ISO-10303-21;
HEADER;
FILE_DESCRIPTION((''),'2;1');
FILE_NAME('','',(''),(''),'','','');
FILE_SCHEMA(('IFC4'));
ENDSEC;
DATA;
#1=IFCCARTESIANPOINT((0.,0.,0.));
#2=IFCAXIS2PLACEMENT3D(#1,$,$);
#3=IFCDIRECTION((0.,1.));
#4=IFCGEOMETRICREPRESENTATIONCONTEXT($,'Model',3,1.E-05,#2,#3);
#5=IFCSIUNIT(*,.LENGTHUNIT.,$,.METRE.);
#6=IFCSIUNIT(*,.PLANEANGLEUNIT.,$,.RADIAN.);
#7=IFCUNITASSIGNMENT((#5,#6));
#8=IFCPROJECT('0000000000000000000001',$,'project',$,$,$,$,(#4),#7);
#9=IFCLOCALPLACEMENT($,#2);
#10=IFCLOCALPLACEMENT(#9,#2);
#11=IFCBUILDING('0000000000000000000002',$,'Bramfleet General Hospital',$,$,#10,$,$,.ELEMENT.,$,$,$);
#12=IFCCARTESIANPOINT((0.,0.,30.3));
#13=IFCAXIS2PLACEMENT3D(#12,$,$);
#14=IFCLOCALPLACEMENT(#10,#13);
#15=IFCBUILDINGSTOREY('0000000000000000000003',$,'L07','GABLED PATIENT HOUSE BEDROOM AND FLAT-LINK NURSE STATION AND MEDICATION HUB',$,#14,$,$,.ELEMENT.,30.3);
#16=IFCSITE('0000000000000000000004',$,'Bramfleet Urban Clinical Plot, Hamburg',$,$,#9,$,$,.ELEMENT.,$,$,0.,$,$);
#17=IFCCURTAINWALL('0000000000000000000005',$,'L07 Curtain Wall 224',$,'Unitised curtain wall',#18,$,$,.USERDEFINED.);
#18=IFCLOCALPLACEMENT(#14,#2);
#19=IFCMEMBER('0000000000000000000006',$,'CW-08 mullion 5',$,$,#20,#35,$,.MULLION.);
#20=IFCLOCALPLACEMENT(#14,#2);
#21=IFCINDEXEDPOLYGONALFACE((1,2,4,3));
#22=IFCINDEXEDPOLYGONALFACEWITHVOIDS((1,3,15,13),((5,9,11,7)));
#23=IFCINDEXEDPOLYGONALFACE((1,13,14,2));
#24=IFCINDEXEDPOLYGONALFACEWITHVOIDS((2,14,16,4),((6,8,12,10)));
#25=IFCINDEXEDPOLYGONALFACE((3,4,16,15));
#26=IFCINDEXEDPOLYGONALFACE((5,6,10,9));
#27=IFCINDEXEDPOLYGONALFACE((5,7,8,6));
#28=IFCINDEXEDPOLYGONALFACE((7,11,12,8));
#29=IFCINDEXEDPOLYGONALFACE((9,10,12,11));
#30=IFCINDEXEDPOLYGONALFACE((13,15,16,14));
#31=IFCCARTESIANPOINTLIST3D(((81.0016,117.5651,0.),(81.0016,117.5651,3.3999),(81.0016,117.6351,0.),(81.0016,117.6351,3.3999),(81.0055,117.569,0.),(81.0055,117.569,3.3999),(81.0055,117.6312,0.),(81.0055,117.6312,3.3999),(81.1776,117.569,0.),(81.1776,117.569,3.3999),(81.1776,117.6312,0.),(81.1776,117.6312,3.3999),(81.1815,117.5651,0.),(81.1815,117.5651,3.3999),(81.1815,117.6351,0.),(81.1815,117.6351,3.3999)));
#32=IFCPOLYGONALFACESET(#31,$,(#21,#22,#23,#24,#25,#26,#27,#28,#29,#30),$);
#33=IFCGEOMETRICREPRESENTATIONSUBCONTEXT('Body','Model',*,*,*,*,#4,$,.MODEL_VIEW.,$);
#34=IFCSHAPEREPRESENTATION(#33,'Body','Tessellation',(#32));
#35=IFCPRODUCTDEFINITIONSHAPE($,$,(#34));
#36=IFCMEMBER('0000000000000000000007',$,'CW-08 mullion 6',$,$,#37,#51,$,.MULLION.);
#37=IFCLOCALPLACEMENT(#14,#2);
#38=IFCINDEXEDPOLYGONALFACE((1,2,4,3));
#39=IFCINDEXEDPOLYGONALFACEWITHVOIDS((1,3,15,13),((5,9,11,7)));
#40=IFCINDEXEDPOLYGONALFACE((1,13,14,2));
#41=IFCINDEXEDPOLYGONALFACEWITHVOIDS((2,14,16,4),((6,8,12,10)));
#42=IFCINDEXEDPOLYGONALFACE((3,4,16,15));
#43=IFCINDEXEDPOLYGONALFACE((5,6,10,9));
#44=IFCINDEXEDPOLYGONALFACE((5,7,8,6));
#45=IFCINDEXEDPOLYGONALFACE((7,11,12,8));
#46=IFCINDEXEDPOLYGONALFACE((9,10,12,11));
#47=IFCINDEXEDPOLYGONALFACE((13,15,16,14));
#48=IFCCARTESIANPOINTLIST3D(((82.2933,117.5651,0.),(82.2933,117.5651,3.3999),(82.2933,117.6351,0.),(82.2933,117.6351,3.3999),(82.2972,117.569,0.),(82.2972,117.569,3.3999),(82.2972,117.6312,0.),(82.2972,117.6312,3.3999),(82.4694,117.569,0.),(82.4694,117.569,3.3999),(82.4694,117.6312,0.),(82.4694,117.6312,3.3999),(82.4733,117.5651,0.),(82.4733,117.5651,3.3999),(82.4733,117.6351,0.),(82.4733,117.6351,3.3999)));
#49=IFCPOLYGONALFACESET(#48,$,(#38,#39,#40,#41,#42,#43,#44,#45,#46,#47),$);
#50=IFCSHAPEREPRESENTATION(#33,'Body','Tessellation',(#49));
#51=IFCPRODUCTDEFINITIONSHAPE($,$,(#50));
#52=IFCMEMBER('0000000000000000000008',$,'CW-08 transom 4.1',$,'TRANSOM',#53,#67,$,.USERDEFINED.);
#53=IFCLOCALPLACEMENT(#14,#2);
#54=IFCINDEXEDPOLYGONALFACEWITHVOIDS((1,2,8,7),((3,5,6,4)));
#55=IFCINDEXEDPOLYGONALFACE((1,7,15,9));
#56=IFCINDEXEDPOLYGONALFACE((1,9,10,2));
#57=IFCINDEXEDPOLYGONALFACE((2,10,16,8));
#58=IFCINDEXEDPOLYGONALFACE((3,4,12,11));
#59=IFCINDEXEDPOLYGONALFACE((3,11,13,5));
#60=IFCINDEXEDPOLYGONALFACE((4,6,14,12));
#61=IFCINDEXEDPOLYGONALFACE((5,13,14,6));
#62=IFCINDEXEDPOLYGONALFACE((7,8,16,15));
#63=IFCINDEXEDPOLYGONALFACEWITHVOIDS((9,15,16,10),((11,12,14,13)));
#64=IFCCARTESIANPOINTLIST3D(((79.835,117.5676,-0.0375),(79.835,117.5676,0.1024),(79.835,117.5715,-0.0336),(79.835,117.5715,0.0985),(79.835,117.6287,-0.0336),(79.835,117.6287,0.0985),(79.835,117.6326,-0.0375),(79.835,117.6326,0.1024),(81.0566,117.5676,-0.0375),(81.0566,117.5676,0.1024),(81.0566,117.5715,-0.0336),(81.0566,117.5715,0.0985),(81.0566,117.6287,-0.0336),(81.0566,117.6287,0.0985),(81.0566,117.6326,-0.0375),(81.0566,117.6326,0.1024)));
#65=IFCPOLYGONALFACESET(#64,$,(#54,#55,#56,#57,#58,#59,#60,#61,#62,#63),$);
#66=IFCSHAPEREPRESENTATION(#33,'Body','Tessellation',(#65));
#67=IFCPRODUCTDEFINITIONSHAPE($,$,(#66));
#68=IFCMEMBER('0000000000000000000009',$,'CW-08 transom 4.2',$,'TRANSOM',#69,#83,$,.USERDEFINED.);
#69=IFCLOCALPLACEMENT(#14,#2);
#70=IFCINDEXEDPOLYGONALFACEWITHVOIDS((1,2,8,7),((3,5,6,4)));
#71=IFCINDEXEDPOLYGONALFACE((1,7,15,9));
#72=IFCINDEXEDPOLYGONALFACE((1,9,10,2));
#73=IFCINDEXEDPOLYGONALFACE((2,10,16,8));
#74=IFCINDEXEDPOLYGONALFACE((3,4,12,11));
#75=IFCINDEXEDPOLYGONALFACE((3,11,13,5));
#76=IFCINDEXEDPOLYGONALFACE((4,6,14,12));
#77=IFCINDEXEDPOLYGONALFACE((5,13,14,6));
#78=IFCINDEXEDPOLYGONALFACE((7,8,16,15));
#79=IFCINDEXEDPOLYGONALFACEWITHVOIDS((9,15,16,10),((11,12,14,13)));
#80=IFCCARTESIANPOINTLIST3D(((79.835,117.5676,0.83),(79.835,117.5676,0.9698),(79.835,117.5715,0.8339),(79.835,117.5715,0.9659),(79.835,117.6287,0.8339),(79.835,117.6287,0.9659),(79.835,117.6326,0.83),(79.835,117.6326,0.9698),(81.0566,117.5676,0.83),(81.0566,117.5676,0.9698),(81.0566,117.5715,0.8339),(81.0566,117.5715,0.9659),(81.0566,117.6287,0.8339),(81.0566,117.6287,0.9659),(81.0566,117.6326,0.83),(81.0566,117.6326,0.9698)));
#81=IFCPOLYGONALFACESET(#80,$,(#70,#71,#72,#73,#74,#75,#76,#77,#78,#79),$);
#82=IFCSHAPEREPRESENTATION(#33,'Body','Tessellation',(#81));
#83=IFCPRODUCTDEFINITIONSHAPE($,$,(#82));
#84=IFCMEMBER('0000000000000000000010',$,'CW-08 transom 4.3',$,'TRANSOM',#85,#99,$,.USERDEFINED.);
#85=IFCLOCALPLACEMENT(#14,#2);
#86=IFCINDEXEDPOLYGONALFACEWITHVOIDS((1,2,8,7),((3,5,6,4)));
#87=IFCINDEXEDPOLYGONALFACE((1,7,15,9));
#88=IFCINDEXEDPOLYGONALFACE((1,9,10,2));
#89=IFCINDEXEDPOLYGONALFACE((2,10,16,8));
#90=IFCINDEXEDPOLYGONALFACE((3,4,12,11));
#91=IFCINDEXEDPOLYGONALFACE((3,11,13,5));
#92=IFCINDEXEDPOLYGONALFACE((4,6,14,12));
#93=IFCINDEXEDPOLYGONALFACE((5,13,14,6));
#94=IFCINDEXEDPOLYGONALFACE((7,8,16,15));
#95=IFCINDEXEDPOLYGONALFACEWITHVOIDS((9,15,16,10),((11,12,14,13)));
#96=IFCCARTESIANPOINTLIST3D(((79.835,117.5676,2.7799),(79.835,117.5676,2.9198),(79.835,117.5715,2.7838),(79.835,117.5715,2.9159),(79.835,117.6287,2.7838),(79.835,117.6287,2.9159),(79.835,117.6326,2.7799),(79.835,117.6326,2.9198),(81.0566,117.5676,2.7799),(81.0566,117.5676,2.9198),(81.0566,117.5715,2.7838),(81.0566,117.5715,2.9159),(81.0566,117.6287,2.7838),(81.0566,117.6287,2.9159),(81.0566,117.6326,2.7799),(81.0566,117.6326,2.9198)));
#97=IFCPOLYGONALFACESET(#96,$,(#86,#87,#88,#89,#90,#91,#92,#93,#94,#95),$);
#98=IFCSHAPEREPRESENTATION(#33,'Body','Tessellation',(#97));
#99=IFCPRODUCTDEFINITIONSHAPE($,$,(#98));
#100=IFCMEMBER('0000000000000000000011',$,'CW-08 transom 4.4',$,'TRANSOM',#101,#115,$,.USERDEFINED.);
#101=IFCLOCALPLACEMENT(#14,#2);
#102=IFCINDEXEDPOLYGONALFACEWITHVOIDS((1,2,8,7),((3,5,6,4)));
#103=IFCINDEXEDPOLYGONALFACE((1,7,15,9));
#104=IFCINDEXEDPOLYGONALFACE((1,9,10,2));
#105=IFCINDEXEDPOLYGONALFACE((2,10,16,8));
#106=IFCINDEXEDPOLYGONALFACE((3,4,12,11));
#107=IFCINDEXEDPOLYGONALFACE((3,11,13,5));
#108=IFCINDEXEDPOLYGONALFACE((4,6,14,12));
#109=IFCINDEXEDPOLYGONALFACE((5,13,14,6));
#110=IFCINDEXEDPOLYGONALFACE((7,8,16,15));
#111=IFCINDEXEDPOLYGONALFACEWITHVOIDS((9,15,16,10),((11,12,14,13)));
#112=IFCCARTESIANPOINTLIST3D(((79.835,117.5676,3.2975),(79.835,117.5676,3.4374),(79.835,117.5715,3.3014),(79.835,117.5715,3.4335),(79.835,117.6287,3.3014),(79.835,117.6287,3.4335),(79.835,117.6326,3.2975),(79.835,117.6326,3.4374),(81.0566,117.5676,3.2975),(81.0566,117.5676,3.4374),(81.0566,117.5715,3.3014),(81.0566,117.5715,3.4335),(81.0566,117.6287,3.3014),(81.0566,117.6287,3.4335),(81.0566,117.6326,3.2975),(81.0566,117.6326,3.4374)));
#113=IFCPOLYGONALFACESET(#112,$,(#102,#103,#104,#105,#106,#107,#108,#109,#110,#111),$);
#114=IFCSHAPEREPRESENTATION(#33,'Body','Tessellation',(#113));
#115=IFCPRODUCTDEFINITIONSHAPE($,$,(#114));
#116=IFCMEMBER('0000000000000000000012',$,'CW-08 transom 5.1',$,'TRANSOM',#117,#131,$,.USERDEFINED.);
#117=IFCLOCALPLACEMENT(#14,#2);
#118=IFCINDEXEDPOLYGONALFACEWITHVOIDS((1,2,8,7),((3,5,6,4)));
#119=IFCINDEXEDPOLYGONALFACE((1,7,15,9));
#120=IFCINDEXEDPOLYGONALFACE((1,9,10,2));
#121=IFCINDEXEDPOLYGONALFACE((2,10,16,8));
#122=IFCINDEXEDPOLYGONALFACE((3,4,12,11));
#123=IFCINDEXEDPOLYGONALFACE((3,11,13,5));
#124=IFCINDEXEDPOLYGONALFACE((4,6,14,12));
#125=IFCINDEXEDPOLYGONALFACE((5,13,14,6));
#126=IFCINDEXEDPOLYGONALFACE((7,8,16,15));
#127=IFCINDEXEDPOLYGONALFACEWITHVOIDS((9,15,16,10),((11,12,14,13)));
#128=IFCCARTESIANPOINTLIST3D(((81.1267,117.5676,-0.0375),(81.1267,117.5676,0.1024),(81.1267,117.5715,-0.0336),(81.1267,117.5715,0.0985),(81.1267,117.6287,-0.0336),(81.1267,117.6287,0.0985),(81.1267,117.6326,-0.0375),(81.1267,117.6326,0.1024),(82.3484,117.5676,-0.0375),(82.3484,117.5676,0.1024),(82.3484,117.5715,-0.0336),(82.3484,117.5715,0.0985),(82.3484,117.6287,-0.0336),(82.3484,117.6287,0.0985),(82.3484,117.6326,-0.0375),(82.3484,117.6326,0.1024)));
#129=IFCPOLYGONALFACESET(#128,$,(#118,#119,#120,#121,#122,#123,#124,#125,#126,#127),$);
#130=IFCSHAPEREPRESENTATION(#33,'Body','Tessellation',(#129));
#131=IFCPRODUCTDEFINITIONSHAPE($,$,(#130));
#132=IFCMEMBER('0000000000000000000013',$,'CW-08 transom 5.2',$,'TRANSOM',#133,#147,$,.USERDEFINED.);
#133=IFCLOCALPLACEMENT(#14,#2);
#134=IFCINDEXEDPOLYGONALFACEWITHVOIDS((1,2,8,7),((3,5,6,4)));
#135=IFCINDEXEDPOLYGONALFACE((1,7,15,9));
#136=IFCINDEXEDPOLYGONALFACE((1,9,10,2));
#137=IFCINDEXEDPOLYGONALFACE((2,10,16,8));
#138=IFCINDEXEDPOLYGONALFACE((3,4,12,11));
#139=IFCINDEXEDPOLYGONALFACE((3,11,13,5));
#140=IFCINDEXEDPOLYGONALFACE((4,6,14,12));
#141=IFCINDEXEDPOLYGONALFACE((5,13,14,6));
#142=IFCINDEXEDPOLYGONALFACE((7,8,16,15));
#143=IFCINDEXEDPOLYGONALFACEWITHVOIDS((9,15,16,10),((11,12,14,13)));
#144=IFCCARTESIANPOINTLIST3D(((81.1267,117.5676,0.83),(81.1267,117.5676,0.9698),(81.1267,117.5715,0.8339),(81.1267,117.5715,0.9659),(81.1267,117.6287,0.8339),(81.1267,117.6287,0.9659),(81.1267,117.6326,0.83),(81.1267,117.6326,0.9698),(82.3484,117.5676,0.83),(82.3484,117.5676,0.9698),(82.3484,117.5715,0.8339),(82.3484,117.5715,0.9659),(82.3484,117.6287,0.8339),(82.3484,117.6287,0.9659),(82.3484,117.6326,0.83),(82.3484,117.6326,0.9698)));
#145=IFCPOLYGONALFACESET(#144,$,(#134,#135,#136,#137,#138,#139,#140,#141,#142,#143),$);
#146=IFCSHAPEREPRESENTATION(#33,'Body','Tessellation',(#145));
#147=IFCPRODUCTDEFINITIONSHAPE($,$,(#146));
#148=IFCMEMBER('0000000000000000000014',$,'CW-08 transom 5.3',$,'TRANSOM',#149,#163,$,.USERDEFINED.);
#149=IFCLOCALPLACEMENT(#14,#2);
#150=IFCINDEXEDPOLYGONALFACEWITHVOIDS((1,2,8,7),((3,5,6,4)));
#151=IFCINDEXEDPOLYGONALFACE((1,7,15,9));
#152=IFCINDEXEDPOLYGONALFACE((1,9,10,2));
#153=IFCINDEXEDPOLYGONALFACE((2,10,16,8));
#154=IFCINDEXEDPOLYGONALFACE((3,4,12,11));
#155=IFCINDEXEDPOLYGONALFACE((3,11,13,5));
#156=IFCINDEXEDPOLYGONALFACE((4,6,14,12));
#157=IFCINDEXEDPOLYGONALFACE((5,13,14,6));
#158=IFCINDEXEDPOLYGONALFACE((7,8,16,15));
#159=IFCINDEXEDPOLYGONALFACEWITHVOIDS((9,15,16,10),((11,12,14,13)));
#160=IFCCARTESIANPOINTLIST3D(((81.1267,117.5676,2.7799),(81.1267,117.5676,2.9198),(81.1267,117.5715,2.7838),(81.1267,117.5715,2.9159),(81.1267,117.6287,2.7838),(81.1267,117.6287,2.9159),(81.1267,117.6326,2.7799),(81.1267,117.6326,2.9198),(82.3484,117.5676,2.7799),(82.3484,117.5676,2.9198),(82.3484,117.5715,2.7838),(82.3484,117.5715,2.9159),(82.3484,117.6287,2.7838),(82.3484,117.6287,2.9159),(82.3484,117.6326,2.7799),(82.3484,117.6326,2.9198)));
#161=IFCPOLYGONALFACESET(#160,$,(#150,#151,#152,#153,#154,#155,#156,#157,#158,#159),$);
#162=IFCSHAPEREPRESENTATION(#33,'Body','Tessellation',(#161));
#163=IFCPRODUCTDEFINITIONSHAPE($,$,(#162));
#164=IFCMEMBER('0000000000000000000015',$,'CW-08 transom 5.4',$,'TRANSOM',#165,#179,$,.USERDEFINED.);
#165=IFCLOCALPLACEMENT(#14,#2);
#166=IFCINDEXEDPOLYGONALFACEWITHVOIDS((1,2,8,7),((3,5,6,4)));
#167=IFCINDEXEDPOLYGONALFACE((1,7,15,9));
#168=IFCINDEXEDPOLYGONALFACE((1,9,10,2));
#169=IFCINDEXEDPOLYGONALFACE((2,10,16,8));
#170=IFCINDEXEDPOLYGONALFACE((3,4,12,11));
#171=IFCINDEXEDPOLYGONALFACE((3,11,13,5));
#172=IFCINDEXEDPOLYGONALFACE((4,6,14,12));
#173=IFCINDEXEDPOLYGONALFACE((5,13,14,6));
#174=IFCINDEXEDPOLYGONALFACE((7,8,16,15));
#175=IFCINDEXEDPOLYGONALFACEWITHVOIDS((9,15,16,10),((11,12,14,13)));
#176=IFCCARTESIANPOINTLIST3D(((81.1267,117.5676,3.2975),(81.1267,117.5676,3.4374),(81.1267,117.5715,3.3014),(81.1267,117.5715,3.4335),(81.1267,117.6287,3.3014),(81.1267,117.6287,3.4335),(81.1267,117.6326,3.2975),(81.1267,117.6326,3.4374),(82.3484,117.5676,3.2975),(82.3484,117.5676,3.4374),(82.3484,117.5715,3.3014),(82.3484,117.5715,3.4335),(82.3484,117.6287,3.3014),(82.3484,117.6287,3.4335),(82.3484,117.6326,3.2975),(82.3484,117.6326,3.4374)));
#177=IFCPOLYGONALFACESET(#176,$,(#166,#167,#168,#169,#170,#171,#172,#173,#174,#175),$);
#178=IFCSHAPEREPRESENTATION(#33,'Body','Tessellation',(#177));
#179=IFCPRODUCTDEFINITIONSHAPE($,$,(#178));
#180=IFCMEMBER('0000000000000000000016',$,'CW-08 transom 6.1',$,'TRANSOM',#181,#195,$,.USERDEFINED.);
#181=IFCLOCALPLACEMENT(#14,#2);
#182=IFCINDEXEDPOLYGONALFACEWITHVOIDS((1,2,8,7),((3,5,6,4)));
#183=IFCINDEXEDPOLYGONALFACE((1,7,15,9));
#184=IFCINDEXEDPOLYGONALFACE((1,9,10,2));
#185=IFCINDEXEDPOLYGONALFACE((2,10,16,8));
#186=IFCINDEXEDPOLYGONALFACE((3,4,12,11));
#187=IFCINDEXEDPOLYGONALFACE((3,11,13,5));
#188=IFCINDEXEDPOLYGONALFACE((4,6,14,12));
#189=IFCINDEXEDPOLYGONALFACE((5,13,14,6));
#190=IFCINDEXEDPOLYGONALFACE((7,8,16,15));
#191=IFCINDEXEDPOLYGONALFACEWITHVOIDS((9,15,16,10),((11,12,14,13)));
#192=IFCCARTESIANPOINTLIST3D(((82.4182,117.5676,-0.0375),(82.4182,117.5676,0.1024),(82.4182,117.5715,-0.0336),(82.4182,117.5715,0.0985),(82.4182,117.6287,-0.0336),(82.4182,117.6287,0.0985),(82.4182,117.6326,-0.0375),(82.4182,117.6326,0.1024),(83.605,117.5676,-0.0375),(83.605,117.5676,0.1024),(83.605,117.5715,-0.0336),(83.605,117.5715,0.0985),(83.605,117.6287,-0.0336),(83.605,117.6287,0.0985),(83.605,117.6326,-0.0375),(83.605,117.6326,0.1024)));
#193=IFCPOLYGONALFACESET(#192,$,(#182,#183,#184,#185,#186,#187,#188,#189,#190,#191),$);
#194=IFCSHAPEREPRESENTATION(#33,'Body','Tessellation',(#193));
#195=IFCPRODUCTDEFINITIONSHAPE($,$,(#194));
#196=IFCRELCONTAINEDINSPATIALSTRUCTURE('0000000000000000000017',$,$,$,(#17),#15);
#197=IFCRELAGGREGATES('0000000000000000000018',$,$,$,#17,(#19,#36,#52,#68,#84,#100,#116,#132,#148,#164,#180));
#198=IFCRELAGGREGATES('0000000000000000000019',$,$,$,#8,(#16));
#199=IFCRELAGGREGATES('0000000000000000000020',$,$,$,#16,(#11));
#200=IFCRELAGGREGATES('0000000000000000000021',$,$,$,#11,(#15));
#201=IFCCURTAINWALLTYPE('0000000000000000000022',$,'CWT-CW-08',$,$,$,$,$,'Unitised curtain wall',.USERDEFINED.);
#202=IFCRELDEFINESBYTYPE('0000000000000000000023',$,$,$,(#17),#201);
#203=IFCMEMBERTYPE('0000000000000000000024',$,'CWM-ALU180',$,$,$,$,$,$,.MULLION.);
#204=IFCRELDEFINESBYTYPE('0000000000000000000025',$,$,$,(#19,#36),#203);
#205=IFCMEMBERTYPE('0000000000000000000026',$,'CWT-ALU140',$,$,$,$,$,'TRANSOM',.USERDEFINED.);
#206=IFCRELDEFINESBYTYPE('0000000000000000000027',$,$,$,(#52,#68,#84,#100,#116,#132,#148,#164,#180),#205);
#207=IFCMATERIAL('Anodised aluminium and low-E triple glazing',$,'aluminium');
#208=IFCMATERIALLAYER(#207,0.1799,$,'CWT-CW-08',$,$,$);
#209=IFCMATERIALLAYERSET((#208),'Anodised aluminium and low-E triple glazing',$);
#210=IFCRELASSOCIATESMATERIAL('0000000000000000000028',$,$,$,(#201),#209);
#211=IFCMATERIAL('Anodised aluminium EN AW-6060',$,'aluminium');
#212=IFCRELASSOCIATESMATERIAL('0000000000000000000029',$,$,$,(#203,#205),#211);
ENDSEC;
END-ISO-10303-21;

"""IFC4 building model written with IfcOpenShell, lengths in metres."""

from ifc_helpers import new_model, si_unit, direction, frame, origin, origin_2d, place, context, subcontext, project, spatial, hollow_rectangle, extrude, material, layer, layer_set, material_profile, profile_set, type_object, element, aggregate, save


model = new_model("IFC4")

# Units and contexts
model_context = context("Model", 3, precision=1e-05, world=origin(), true_north=direction((0.0, 1.0)))
body_context = subcontext(model_context, "Body", "Model", "MODEL_VIEW")
ifc_project = project(units=[si_unit("LENGTHUNIT", "METRE"), si_unit("PLANEANGLEUNIT", "RADIAN")], contexts=[model_context])

# Site, building, storey
site_placement = place(None, origin())
site = spatial("IfcSite", under=ifc_project, at=site_placement, Name="Bramfleet Urban Clinical Plot, Hamburg", CompositionType="ELEMENT", RefElevation=0.0)
building_placement = place(site_placement, origin())
building = spatial("IfcBuilding", under=site, at=building_placement, Name="Bramfleet General Hospital", CompositionType="ELEMENT")
storey_placement = place(building_placement, frame((0.0, 0.0, 30.3)))
storey = spatial("IfcBuildingStorey", under=building, at=storey_placement, Name="L07", Description="GABLED PATIENT HOUSE BEDROOM AND FLAT-LINK NURSE STATION AND MEDICATION HUB", CompositionType="ELEMENT", Elevation=30.3)

# Curtain wall, members
ifc_material_1 = material(Name="Anodised aluminium and low-E triple glazing", Category="aluminium")
ifc_layer_1 = layer(ifc_material_1, 0.1799, Name="CWT-CW-08")
ifc_layer_set_1 = layer_set([ifc_layer_1], Name="Anodised aluminium and low-E triple glazing")
curtain_wall_type = type_object("IfcCurtainWallType", Name="CWT-CW-08", ElementType="Unitised curtain wall", PredefinedType="USERDEFINED", material=ifc_layer_set_1)
curtain_wall_placement = place(storey_placement, origin())
curtain_wall = element("IfcCurtainWall", 1, at=curtain_wall_placement, inside=storey, type_object=curtain_wall_type, Name="L07 Curtain Wall 224", ObjectType="Unitised curtain wall", PredefinedType="USERDEFINED")
ifc_material_2 = material(Name="Anodised aluminium EN AW-6060", Category="aluminium")
ifc_material_profile_1 = material_profile(ifc_material_2, hollow_rectangle(XDim=0.0701, YDim=0.1799, WallThickness=0.0039, at=origin_2d()), Name="ALU 180x70x4.0")
ifc_profile_set_1 = profile_set([ifc_material_profile_1], Name="Anodised aluminium EN AW-6060")
member_type_1 = type_object("IfcMemberType", Name="CWM-ALU180", PredefinedType="MULLION", material=ifc_profile_set_1)
member_1_placement = place(storey_placement, frame((81.0916, 117.6001, 0.0), z_axis=(0.0, 0.0, 1.0), x_axis=(0.0, 1.0, 0.0)))
member_1 = element("IfcMember", 2, at=member_1_placement, type_object=member_type_1, Name="CW-08 mullion 5", PredefinedType="MULLION", context=body_context, shape_type="SweptSolid", body=[
    extrude(hollow_rectangle(XDim=0.0701, YDim=0.1799, WallThickness=0.0039, at=origin_2d()), origin(), (0.0, 0.0, 1.0), 3.3999),
])
member_2_placement = place(storey_placement, frame((82.3833, 117.6001, 0.0), z_axis=(0.0, 0.0, 1.0), x_axis=(0.0, 1.0, 0.0)))
member_2 = element("IfcMember", 3, at=member_2_placement, type_object=member_type_1, Name="CW-08 mullion 6", PredefinedType="MULLION", context=body_context, shape_type="SweptSolid", body=[
    extrude(hollow_rectangle(XDim=0.0701, YDim=0.1799, WallThickness=0.0039, at=origin_2d()), origin(), (0.0, 0.0, 1.0), 3.3999),
])
ifc_material_profile_2 = material_profile(ifc_material_2, hollow_rectangle(XDim=0.0649, YDim=0.1399, WallThickness=0.0039, at=origin_2d()), Name="ALU 140x65x4.0")
ifc_profile_set_2 = profile_set([ifc_material_profile_2], Name="Anodised aluminium EN AW-6060")
member_type_2 = type_object("IfcMemberType", Name="CWT-ALU140", ElementType="TRANSOM", PredefinedType="USERDEFINED", material=ifc_profile_set_2)
member_3_placement = place(storey_placement, frame((79.835, 117.6001, 0.0325), z_axis=(1.0, 0.0, 0.0), x_axis=(0.0, 1.0, 0.0)))
member_3 = element("IfcMember", 4, at=member_3_placement, type_object=member_type_2, Name="CW-08 transom 4.1", ObjectType="TRANSOM", PredefinedType="USERDEFINED", context=body_context, shape_type="SweptSolid", body=[
    extrude(hollow_rectangle(XDim=0.0649, YDim=0.1399, WallThickness=0.0039, at=origin_2d()), origin(), (0.0, 0.0, 1.0), 1.2217),
])
member_4_placement = place(storey_placement, frame((79.835, 117.6001, 0.8999), z_axis=(1.0, 0.0, 0.0), x_axis=(0.0, 1.0, 0.0)))
member_4 = element("IfcMember", 5, at=member_4_placement, type_object=member_type_2, Name="CW-08 transom 4.2", ObjectType="TRANSOM", PredefinedType="USERDEFINED", context=body_context, shape_type="SweptSolid", body=[
    extrude(hollow_rectangle(XDim=0.0649, YDim=0.1399, WallThickness=0.0039, at=origin_2d()), origin(), (0.0, 0.0, 1.0), 1.2217),
])
member_5_placement = place(storey_placement, frame((79.835, 117.6001, 2.8499), z_axis=(1.0, 0.0, 0.0), x_axis=(0.0, 1.0, 0.0)))
member_5 = element("IfcMember", 6, at=member_5_placement, type_object=member_type_2, Name="CW-08 transom 4.3", ObjectType="TRANSOM", PredefinedType="USERDEFINED", context=body_context, shape_type="SweptSolid", body=[
    extrude(hollow_rectangle(XDim=0.0649, YDim=0.1399, WallThickness=0.0039, at=origin_2d()), origin(), (0.0, 0.0, 1.0), 1.2217),
])
member_6_placement = place(storey_placement, frame((79.835, 117.6001, 3.3674), z_axis=(1.0, 0.0, 0.0), x_axis=(0.0, 1.0, 0.0)))
member_6 = element("IfcMember", 7, at=member_6_placement, type_object=member_type_2, Name="CW-08 transom 4.4", ObjectType="TRANSOM", PredefinedType="USERDEFINED", context=body_context, shape_type="SweptSolid", body=[
    extrude(hollow_rectangle(XDim=0.0649, YDim=0.1399, WallThickness=0.0039, at=origin_2d()), origin(), (0.0, 0.0, 1.0), 1.2217),
])
member_7_placement = place(storey_placement, frame((81.1267, 117.6001, 0.0325), z_axis=(1.0, 0.0, 0.0), x_axis=(0.0, 1.0, 0.0)))
member_7 = element("IfcMember", 8, at=member_7_placement, type_object=member_type_2, Name="CW-08 transom 5.1", ObjectType="TRANSOM", PredefinedType="USERDEFINED", context=body_context, shape_type="SweptSolid", body=[
    extrude(hollow_rectangle(XDim=0.0649, YDim=0.1399, WallThickness=0.0039, at=origin_2d()), origin(), (0.0, 0.0, 1.0), 1.2217),
])
member_8_placement = place(storey_placement, frame((81.1267, 117.6001, 0.8999), z_axis=(1.0, 0.0, 0.0), x_axis=(0.0, 1.0, 0.0)))
member_8 = element("IfcMember", 9, at=member_8_placement, type_object=member_type_2, Name="CW-08 transom 5.2", ObjectType="TRANSOM", PredefinedType="USERDEFINED", context=body_context, shape_type="SweptSolid", body=[
    extrude(hollow_rectangle(XDim=0.0649, YDim=0.1399, WallThickness=0.0039, at=origin_2d()), origin(), (0.0, 0.0, 1.0), 1.2217),
])
member_9_placement = place(storey_placement, frame((81.1267, 117.6001, 2.8499), z_axis=(1.0, 0.0, 0.0), x_axis=(0.0, 1.0, 0.0)))
member_9 = element("IfcMember", 10, at=member_9_placement, type_object=member_type_2, Name="CW-08 transom 5.3", ObjectType="TRANSOM", PredefinedType="USERDEFINED", context=body_context, shape_type="SweptSolid", body=[
    extrude(hollow_rectangle(XDim=0.0649, YDim=0.1399, WallThickness=0.0039, at=origin_2d()), origin(), (0.0, 0.0, 1.0), 1.2217),
])
member_10_placement = place(storey_placement, frame((81.1267, 117.6001, 3.3674), z_axis=(1.0, 0.0, 0.0), x_axis=(0.0, 1.0, 0.0)))
member_10 = element("IfcMember", 11, at=member_10_placement, type_object=member_type_2, Name="CW-08 transom 5.4", ObjectType="TRANSOM", PredefinedType="USERDEFINED", context=body_context, shape_type="SweptSolid", body=[
    extrude(hollow_rectangle(XDim=0.0649, YDim=0.1399, WallThickness=0.0039, at=origin_2d()), origin(), (0.0, 0.0, 1.0), 1.2217),
])
member_11_placement = place(storey_placement, frame((82.4182, 117.6001, 0.0325), z_axis=(1.0, 0.0, 0.0), x_axis=(0.0, 1.0, 0.0)))
member_11 = element("IfcMember", 12, at=member_11_placement, type_object=member_type_2, Name="CW-08 transom 6.1", ObjectType="TRANSOM", PredefinedType="USERDEFINED", context=body_context, shape_type="SweptSolid", body=[
    extrude(hollow_rectangle(XDim=0.0649, YDim=0.1399, WallThickness=0.0039, at=origin_2d()), origin(), (0.0, 0.0, 1.0), 1.1868),
])
aggregate(curtain_wall, [member_1, member_2, member_3, member_4, member_5, member_6, member_7, member_8, member_9, member_10, member_11])

save(model, "model.ifc")
